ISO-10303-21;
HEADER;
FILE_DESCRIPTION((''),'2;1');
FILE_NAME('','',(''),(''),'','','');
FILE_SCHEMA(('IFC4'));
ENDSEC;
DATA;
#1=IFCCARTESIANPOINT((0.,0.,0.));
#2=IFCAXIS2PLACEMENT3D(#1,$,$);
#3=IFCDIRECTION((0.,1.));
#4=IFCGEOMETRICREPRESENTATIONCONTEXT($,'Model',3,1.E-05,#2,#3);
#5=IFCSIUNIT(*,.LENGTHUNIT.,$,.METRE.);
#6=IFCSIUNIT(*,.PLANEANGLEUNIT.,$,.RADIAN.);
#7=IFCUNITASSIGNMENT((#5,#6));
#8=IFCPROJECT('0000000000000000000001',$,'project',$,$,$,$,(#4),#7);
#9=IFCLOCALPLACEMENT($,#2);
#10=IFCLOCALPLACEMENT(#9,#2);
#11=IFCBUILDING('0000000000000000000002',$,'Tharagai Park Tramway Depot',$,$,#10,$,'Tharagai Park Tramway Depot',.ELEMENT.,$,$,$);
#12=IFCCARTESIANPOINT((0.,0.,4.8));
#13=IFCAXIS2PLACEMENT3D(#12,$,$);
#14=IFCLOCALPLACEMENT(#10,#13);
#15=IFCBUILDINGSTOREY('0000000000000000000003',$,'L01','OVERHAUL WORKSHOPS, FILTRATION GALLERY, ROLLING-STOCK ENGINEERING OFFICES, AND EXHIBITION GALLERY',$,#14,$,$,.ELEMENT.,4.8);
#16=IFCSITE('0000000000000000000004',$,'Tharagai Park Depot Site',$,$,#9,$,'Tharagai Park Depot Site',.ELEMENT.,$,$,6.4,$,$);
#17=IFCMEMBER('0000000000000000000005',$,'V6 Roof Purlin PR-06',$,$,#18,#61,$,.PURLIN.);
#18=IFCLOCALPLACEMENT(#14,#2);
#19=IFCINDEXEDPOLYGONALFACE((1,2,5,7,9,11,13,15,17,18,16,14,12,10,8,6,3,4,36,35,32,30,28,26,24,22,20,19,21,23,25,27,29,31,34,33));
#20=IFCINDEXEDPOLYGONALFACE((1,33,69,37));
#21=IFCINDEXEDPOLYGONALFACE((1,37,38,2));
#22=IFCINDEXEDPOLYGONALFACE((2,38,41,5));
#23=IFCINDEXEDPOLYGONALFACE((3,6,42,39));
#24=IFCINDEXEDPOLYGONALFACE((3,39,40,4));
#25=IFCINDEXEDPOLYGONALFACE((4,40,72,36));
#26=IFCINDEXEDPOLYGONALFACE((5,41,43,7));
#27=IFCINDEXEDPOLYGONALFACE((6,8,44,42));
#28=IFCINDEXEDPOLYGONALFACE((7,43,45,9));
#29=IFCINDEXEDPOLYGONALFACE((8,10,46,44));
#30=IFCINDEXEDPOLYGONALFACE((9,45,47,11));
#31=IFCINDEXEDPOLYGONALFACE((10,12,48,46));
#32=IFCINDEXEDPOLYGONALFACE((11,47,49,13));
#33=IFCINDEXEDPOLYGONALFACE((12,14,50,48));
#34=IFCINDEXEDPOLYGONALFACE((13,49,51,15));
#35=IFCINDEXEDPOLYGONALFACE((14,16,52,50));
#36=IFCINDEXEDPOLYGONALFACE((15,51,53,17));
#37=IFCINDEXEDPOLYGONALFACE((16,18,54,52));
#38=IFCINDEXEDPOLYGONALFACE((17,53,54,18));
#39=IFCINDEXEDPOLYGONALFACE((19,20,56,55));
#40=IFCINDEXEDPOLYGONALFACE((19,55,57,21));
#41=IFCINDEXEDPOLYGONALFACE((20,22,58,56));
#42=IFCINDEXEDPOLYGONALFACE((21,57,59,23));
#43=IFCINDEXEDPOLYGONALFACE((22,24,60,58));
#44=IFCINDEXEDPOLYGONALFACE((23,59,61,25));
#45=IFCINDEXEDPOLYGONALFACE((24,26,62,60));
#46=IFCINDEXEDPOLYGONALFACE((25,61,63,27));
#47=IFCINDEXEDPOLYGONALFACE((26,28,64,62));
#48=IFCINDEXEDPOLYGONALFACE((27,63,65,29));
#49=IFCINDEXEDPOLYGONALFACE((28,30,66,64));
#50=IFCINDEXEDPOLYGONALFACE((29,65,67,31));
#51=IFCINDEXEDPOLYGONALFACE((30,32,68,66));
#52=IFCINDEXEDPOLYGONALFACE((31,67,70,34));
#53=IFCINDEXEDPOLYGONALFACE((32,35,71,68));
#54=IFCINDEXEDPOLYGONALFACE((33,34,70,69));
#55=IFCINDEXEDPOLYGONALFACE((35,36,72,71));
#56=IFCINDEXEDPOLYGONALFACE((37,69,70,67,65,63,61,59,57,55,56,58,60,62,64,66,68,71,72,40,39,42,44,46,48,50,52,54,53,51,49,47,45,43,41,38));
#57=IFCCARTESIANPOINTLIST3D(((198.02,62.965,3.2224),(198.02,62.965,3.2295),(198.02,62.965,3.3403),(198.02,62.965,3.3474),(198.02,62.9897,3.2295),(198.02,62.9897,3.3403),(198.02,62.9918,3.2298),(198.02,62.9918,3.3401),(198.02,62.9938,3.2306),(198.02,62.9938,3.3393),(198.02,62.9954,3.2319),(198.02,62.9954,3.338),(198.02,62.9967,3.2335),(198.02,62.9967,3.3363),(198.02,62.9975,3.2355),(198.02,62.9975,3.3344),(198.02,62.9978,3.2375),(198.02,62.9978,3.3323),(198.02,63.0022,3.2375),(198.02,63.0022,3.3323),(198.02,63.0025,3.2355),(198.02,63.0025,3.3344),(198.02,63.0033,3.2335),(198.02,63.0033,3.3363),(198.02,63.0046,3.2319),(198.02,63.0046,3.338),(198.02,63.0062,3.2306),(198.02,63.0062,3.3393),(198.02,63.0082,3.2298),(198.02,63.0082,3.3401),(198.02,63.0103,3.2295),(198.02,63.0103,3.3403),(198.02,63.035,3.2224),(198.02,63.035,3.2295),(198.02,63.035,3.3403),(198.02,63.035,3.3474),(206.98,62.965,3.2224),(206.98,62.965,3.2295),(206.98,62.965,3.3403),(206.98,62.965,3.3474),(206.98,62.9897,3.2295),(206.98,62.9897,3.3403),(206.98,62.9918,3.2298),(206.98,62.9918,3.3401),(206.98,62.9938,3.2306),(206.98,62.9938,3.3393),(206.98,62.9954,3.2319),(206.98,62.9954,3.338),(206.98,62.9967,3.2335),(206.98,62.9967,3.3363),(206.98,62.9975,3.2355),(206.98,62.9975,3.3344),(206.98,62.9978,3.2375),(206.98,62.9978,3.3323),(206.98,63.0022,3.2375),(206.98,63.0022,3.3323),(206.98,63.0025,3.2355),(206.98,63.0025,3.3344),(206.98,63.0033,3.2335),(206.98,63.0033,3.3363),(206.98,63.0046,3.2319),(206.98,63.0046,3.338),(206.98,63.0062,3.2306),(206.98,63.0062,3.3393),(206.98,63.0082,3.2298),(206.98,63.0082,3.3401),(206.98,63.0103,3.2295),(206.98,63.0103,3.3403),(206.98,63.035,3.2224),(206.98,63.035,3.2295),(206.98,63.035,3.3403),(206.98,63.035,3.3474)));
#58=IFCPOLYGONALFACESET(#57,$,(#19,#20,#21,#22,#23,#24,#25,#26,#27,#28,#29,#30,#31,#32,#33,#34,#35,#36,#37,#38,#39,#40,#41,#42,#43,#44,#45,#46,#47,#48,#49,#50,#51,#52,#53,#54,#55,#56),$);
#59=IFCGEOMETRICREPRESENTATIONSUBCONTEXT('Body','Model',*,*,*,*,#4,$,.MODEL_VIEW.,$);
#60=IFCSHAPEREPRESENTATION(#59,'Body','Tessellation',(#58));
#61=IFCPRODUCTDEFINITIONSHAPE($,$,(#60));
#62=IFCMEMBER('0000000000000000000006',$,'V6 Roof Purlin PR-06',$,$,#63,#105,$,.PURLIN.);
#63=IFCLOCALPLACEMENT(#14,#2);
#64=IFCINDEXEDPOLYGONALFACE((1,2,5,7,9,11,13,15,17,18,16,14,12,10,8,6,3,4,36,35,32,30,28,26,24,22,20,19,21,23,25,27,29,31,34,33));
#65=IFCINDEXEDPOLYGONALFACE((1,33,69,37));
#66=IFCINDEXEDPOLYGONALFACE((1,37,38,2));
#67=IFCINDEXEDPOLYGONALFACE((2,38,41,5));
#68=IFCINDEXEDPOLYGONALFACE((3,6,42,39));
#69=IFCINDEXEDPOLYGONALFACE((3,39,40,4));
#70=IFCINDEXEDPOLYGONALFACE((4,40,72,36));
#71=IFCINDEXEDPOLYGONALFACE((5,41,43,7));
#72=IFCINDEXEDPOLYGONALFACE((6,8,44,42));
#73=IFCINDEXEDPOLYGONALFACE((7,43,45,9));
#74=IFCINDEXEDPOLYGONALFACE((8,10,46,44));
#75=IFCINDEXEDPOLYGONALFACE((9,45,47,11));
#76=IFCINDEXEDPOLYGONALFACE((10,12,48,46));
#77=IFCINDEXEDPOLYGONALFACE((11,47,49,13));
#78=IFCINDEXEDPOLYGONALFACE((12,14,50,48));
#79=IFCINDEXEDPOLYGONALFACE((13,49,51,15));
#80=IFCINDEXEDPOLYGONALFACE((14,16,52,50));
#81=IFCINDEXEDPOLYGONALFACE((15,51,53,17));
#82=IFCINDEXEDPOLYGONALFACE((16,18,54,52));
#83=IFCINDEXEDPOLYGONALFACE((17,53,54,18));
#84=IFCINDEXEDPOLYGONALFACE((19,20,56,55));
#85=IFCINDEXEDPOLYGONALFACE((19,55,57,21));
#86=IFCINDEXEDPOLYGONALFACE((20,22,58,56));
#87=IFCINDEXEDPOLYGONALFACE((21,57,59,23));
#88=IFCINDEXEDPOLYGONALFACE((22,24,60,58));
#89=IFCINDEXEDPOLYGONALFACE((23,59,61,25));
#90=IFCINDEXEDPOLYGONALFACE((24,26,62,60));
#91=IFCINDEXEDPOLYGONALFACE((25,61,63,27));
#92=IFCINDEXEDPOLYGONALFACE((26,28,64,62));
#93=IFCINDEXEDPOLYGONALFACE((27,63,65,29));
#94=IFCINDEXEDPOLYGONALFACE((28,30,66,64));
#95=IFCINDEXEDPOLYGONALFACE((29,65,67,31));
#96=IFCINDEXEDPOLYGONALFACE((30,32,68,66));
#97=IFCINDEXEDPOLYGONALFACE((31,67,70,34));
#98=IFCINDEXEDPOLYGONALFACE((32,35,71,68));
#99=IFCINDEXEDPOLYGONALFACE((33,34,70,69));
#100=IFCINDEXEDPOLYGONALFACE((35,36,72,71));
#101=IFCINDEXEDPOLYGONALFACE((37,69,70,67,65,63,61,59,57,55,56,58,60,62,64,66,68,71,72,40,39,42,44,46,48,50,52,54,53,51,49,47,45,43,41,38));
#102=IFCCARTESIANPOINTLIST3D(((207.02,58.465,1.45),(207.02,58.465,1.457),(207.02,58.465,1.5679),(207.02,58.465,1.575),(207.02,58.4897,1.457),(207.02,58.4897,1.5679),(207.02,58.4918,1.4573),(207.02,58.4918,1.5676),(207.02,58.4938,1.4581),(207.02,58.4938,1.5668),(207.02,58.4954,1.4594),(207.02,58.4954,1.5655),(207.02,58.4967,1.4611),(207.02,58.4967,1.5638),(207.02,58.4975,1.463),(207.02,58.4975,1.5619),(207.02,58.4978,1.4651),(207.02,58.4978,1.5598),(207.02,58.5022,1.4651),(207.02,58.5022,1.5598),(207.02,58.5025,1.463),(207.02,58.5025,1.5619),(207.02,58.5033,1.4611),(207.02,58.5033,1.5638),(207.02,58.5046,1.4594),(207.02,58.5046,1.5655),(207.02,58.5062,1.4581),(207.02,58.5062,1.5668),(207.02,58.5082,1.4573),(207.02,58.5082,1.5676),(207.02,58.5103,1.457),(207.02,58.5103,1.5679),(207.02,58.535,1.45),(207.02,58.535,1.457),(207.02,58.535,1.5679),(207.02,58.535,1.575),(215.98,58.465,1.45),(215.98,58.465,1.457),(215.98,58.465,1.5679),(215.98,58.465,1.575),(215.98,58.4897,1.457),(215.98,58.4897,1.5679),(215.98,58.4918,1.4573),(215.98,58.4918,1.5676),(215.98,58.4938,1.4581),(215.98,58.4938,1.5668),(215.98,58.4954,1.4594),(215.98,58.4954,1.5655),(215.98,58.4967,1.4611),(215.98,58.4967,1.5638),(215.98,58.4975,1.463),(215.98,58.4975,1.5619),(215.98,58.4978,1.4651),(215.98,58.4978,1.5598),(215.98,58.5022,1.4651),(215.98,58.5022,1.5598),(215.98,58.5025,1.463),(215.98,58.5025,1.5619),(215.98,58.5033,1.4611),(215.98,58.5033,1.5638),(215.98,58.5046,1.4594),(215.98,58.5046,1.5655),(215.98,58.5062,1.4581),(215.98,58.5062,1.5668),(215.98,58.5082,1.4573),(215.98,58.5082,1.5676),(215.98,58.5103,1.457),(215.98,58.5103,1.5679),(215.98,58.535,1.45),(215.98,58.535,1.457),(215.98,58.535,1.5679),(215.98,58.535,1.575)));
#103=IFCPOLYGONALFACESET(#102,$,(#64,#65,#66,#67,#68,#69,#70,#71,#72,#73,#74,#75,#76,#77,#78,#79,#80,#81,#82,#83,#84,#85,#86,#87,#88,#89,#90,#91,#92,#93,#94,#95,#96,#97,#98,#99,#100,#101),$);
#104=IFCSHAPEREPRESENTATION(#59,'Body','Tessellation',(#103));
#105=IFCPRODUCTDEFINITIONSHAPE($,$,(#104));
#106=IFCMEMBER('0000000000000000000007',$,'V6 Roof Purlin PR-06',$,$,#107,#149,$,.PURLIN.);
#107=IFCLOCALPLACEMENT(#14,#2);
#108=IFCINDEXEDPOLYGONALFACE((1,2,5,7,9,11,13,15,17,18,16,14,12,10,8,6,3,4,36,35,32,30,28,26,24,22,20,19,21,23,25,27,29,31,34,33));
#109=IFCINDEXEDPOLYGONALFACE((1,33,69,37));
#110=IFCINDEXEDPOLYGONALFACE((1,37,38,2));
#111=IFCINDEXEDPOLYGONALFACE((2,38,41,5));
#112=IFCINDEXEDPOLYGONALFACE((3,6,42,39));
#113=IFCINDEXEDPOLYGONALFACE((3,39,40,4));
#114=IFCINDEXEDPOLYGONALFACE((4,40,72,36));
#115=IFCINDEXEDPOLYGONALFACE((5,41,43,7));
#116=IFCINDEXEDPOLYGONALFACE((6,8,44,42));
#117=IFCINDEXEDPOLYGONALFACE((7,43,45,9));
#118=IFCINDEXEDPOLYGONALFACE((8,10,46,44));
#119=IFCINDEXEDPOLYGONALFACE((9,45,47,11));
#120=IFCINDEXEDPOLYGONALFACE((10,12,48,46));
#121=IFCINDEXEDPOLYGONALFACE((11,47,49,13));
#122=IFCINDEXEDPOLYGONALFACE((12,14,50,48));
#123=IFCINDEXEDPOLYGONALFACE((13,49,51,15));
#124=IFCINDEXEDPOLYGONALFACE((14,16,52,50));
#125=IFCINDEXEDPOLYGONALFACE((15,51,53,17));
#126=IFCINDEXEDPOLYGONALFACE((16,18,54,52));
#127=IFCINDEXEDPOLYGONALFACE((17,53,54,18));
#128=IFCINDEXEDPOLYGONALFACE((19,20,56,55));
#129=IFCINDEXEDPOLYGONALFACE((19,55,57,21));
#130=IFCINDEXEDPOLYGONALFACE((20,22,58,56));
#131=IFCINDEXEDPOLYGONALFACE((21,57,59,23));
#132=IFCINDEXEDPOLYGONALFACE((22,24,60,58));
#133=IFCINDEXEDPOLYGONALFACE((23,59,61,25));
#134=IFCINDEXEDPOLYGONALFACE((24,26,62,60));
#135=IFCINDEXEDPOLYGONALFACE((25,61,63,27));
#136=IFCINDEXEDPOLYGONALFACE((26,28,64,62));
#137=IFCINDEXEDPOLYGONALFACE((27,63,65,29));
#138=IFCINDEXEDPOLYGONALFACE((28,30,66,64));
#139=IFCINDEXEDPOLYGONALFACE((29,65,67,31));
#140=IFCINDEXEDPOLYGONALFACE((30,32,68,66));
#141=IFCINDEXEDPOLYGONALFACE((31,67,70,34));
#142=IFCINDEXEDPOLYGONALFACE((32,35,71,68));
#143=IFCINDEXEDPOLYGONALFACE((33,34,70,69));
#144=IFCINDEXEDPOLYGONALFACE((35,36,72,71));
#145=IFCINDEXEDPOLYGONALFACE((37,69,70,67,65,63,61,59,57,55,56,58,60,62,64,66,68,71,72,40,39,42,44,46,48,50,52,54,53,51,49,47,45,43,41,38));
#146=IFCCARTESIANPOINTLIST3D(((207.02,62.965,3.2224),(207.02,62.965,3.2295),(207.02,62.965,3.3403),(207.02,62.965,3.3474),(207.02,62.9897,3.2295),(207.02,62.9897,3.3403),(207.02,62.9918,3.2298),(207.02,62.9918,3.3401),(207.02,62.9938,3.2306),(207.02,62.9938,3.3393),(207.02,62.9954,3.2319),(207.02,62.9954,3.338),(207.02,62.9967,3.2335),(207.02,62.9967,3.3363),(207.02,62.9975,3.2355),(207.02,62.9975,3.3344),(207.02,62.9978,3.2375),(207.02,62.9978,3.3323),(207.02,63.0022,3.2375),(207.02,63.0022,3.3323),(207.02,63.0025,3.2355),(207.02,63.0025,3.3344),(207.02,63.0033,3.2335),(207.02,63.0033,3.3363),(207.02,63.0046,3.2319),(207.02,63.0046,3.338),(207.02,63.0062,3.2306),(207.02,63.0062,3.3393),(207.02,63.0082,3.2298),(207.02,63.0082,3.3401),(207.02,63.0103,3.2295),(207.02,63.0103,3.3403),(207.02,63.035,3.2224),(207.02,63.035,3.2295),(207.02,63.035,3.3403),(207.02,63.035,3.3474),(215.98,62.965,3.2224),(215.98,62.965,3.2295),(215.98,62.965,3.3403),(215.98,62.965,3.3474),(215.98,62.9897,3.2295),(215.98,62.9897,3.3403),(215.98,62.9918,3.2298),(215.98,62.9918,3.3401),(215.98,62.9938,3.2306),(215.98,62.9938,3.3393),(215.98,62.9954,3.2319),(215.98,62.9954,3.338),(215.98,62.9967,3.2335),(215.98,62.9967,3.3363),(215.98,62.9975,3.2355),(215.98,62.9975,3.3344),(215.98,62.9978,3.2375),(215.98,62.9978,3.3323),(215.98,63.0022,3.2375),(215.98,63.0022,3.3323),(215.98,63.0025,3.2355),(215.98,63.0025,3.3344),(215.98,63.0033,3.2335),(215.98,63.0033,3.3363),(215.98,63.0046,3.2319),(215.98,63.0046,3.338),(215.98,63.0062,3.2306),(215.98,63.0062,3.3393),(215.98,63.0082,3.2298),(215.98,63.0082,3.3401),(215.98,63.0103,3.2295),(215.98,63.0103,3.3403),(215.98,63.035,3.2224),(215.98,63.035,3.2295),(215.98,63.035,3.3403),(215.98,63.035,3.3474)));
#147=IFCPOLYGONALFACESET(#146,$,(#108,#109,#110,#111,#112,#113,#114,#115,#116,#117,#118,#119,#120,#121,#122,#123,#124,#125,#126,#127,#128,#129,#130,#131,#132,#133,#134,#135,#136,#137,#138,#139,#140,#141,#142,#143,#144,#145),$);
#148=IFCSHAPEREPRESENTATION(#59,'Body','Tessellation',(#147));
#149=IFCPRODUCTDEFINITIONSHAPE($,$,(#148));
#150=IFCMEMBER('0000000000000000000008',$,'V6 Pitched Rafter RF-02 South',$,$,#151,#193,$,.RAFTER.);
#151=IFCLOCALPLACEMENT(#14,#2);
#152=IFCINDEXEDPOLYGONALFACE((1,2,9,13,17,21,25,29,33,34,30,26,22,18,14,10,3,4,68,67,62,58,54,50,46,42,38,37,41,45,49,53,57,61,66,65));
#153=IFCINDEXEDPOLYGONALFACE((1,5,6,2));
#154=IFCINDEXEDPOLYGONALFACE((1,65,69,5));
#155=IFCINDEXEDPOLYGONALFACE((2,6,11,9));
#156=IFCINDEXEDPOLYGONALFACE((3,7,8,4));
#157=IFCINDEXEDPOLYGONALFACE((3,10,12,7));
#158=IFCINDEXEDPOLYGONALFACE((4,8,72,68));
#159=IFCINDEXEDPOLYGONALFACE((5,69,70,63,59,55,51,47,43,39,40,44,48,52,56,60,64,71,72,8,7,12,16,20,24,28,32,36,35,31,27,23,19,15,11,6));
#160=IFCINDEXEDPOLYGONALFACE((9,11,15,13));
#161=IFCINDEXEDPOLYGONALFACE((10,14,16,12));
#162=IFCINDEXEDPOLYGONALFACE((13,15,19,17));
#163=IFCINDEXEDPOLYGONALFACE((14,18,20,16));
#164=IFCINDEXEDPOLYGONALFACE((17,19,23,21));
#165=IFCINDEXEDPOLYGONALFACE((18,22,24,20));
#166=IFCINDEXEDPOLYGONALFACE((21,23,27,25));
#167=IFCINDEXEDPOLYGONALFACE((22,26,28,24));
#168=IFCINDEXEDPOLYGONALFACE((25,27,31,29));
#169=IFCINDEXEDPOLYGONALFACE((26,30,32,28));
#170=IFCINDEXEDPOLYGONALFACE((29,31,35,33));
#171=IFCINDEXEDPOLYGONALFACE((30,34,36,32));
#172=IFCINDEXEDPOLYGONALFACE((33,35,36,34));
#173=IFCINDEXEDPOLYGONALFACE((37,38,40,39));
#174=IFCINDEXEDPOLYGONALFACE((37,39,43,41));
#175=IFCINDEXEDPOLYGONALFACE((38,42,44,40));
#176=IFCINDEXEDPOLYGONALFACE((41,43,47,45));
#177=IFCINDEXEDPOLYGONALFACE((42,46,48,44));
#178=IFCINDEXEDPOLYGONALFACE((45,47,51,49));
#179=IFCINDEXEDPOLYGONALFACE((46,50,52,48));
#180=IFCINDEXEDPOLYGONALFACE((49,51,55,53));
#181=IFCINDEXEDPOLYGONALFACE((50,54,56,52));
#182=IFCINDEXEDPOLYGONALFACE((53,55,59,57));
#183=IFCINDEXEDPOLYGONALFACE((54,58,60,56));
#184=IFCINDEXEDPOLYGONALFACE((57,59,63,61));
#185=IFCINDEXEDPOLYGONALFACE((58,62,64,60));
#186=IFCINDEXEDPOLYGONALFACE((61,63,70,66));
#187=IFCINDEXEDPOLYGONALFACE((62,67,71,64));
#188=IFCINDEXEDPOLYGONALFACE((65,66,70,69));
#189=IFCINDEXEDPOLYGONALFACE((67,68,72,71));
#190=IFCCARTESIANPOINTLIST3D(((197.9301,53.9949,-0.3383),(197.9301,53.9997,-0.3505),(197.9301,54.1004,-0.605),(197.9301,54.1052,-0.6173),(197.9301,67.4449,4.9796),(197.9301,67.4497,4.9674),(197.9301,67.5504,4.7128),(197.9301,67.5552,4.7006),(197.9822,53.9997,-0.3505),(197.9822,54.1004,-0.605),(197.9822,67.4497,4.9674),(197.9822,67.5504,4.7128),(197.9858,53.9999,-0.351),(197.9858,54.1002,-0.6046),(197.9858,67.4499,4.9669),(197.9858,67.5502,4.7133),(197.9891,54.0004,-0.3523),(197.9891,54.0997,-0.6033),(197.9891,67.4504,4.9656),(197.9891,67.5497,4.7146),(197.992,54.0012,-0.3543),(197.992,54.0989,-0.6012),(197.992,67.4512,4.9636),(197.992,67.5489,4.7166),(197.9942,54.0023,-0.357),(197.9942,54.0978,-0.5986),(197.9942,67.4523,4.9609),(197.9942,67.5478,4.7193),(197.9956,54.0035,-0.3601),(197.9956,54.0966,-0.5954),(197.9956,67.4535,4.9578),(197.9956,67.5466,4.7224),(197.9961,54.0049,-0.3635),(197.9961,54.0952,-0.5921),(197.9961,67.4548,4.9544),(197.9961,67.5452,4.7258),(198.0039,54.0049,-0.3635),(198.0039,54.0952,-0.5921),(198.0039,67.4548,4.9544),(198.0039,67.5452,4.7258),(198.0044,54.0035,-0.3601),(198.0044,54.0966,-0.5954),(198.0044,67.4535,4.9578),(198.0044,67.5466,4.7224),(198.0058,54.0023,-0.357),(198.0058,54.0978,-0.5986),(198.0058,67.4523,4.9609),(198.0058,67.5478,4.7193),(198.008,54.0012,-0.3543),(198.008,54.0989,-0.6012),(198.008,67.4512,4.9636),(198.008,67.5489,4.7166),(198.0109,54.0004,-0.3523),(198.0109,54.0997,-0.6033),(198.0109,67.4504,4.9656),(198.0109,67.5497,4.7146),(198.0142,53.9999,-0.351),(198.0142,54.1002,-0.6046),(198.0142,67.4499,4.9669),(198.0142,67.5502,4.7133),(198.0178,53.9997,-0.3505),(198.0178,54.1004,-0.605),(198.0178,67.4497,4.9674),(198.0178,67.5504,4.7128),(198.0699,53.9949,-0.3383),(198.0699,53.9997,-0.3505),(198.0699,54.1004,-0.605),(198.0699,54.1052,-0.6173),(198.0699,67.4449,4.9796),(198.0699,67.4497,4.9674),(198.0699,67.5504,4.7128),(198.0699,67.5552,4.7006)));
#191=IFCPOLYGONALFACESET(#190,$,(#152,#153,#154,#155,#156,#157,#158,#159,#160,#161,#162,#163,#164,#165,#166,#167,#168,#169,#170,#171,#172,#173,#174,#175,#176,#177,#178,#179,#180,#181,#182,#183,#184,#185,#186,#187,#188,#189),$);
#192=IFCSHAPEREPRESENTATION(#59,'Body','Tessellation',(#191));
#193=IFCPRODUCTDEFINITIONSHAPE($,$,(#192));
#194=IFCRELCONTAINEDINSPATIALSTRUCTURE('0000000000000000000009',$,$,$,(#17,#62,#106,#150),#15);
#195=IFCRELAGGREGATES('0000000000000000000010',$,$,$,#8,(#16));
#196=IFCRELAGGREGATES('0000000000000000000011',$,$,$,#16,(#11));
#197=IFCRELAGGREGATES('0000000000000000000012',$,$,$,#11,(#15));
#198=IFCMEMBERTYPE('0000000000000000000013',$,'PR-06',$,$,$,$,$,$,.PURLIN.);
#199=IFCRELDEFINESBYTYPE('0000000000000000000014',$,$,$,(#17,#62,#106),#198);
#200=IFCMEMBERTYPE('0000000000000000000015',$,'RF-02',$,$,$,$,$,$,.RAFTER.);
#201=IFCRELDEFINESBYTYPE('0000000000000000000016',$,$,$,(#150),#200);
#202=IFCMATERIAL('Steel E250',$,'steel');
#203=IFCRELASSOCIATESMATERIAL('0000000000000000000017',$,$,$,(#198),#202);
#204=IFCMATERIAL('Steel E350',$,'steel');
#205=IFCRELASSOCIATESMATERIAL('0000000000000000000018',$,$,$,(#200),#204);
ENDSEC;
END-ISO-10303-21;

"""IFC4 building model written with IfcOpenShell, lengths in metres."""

from ifc_helpers import new_model, si_unit, direction, frame, origin, origin_2d, place, context, subcontext, project, spatial, i_section, extrude, material, material_profile, profile_set, type_object, element, save


model = new_model("IFC4")

# Units and contexts
model_context = context("Model", 3, precision=1e-05, world=origin(), true_north=direction((0.0, 1.0)))
body_context = subcontext(model_context, "Body", "Model", "MODEL_VIEW")
ifc_project = project(units=[si_unit("LENGTHUNIT", "METRE"), si_unit("PLANEANGLEUNIT", "RADIAN")], contexts=[model_context])

# Site, building, storey
site_placement = place(None, origin())
site = spatial("IfcSite", under=ifc_project, at=site_placement, Name="Tharagai Park Depot Site", LongName="Tharagai Park Depot Site", CompositionType="ELEMENT", RefElevation=6.4)
building_placement = place(site_placement, origin())
building = spatial("IfcBuilding", under=site, at=building_placement, Name="Tharagai Park Tramway Depot", LongName="Tharagai Park Tramway Depot", CompositionType="ELEMENT")
storey_placement = place(building_placement, frame((0.0, 0.0, 4.8)))
storey = spatial("IfcBuildingStorey", under=building, at=storey_placement, Name="L01", Description="OVERHAUL WORKSHOPS, FILTRATION GALLERY, ROLLING-STOCK ENGINEERING OFFICES, AND EXHIBITION GALLERY", CompositionType="ELEMENT", Elevation=4.8)

# Shared definitions
ifc_material_1 = material(Name="Steel E350", Category="steel")

# Members
ifc_material_2 = material(Name="Steel E250", Category="steel")
ifc_material_profile_1 = material_profile(ifc_material_2, i_section(OverallWidth=0.0701, OverallDepth=0.125, WebThickness=0.0044, FlangeThickness=0.0071, FilletRadius=0.0081, at=origin_2d()), Name="ISMB 125")
ifc_profile_set_1 = profile_set([ifc_material_profile_1], Name="Steel E250")
member_type_1 = type_object("IfcMemberType", Name="PR-06", PredefinedType="PURLIN", material=ifc_profile_set_1)
for number, where, z_axis, x_axis, name in (
    (1, (198.02, 63.0, 3.2849), (1.0, 0.0, 0.0), (0.0, 1.0, 0.0), "V6 Roof Purlin PR-06"),
    (2, (207.02, 58.5, 1.5125), (1.0, 0.0, 0.0), (0.0, 1.0, 0.0), "V6 Roof Purlin PR-06"),
    (3, (207.02, 63.0, 3.2849), (1.0, 0.0, 0.0), (0.0, 1.0, 0.0), "V6 Roof Purlin PR-06"),
):
    element("IfcMember", number, at=place(storey_placement, frame(where, z_axis=z_axis, x_axis=x_axis)), inside=storey, type_object=member_type_1, Name=name, PredefinedType="PURLIN", context=body_context, shape_type="SweptSolid", body=[
        extrude(i_section(OverallWidth=0.0701, OverallDepth=0.125, WebThickness=0.0044, FlangeThickness=0.0071, FilletRadius=0.0081, at=origin_2d()), origin(), (0.0, 0.0, 1.0), 8.96),
    ])
ifc_material_profile_2 = material_profile(ifc_material_1, i_section(OverallWidth=0.1399, OverallDepth=0.3, WebThickness=0.0078, FlangeThickness=0.0132, FilletRadius=0.0139, at=origin_2d()), Name="ISMB 300")
ifc_profile_set_2 = profile_set([ifc_material_profile_2], Name="Steel E350")
member_type_2 = type_object("IfcMemberType", Name="RF-02", PredefinedType="RAFTER", material=ifc_profile_set_2)
for number, where, z_axis, x_axis, name in (
    (4, (198.0, 54.05, -0.4778), (0.0, 0.92995, 0.367686), (-1.0, 0.0, 0.0), "V6 Pitched Rafter RF-02 South"),
):
    element("IfcMember", number, at=place(storey_placement, frame(where, z_axis=z_axis, x_axis=x_axis)), inside=storey, type_object=member_type_2, Name=name, PredefinedType="RAFTER", context=body_context, shape_type="SweptSolid", body=[
        extrude(i_section(OverallWidth=0.1399, OverallDepth=0.3, WebThickness=0.0078, FlangeThickness=0.0132, FilletRadius=0.0139, at=origin_2d()), origin(), (0.0, 0.0, 1.0), 14.4631),
    ])

save(model, "model.ifc")
